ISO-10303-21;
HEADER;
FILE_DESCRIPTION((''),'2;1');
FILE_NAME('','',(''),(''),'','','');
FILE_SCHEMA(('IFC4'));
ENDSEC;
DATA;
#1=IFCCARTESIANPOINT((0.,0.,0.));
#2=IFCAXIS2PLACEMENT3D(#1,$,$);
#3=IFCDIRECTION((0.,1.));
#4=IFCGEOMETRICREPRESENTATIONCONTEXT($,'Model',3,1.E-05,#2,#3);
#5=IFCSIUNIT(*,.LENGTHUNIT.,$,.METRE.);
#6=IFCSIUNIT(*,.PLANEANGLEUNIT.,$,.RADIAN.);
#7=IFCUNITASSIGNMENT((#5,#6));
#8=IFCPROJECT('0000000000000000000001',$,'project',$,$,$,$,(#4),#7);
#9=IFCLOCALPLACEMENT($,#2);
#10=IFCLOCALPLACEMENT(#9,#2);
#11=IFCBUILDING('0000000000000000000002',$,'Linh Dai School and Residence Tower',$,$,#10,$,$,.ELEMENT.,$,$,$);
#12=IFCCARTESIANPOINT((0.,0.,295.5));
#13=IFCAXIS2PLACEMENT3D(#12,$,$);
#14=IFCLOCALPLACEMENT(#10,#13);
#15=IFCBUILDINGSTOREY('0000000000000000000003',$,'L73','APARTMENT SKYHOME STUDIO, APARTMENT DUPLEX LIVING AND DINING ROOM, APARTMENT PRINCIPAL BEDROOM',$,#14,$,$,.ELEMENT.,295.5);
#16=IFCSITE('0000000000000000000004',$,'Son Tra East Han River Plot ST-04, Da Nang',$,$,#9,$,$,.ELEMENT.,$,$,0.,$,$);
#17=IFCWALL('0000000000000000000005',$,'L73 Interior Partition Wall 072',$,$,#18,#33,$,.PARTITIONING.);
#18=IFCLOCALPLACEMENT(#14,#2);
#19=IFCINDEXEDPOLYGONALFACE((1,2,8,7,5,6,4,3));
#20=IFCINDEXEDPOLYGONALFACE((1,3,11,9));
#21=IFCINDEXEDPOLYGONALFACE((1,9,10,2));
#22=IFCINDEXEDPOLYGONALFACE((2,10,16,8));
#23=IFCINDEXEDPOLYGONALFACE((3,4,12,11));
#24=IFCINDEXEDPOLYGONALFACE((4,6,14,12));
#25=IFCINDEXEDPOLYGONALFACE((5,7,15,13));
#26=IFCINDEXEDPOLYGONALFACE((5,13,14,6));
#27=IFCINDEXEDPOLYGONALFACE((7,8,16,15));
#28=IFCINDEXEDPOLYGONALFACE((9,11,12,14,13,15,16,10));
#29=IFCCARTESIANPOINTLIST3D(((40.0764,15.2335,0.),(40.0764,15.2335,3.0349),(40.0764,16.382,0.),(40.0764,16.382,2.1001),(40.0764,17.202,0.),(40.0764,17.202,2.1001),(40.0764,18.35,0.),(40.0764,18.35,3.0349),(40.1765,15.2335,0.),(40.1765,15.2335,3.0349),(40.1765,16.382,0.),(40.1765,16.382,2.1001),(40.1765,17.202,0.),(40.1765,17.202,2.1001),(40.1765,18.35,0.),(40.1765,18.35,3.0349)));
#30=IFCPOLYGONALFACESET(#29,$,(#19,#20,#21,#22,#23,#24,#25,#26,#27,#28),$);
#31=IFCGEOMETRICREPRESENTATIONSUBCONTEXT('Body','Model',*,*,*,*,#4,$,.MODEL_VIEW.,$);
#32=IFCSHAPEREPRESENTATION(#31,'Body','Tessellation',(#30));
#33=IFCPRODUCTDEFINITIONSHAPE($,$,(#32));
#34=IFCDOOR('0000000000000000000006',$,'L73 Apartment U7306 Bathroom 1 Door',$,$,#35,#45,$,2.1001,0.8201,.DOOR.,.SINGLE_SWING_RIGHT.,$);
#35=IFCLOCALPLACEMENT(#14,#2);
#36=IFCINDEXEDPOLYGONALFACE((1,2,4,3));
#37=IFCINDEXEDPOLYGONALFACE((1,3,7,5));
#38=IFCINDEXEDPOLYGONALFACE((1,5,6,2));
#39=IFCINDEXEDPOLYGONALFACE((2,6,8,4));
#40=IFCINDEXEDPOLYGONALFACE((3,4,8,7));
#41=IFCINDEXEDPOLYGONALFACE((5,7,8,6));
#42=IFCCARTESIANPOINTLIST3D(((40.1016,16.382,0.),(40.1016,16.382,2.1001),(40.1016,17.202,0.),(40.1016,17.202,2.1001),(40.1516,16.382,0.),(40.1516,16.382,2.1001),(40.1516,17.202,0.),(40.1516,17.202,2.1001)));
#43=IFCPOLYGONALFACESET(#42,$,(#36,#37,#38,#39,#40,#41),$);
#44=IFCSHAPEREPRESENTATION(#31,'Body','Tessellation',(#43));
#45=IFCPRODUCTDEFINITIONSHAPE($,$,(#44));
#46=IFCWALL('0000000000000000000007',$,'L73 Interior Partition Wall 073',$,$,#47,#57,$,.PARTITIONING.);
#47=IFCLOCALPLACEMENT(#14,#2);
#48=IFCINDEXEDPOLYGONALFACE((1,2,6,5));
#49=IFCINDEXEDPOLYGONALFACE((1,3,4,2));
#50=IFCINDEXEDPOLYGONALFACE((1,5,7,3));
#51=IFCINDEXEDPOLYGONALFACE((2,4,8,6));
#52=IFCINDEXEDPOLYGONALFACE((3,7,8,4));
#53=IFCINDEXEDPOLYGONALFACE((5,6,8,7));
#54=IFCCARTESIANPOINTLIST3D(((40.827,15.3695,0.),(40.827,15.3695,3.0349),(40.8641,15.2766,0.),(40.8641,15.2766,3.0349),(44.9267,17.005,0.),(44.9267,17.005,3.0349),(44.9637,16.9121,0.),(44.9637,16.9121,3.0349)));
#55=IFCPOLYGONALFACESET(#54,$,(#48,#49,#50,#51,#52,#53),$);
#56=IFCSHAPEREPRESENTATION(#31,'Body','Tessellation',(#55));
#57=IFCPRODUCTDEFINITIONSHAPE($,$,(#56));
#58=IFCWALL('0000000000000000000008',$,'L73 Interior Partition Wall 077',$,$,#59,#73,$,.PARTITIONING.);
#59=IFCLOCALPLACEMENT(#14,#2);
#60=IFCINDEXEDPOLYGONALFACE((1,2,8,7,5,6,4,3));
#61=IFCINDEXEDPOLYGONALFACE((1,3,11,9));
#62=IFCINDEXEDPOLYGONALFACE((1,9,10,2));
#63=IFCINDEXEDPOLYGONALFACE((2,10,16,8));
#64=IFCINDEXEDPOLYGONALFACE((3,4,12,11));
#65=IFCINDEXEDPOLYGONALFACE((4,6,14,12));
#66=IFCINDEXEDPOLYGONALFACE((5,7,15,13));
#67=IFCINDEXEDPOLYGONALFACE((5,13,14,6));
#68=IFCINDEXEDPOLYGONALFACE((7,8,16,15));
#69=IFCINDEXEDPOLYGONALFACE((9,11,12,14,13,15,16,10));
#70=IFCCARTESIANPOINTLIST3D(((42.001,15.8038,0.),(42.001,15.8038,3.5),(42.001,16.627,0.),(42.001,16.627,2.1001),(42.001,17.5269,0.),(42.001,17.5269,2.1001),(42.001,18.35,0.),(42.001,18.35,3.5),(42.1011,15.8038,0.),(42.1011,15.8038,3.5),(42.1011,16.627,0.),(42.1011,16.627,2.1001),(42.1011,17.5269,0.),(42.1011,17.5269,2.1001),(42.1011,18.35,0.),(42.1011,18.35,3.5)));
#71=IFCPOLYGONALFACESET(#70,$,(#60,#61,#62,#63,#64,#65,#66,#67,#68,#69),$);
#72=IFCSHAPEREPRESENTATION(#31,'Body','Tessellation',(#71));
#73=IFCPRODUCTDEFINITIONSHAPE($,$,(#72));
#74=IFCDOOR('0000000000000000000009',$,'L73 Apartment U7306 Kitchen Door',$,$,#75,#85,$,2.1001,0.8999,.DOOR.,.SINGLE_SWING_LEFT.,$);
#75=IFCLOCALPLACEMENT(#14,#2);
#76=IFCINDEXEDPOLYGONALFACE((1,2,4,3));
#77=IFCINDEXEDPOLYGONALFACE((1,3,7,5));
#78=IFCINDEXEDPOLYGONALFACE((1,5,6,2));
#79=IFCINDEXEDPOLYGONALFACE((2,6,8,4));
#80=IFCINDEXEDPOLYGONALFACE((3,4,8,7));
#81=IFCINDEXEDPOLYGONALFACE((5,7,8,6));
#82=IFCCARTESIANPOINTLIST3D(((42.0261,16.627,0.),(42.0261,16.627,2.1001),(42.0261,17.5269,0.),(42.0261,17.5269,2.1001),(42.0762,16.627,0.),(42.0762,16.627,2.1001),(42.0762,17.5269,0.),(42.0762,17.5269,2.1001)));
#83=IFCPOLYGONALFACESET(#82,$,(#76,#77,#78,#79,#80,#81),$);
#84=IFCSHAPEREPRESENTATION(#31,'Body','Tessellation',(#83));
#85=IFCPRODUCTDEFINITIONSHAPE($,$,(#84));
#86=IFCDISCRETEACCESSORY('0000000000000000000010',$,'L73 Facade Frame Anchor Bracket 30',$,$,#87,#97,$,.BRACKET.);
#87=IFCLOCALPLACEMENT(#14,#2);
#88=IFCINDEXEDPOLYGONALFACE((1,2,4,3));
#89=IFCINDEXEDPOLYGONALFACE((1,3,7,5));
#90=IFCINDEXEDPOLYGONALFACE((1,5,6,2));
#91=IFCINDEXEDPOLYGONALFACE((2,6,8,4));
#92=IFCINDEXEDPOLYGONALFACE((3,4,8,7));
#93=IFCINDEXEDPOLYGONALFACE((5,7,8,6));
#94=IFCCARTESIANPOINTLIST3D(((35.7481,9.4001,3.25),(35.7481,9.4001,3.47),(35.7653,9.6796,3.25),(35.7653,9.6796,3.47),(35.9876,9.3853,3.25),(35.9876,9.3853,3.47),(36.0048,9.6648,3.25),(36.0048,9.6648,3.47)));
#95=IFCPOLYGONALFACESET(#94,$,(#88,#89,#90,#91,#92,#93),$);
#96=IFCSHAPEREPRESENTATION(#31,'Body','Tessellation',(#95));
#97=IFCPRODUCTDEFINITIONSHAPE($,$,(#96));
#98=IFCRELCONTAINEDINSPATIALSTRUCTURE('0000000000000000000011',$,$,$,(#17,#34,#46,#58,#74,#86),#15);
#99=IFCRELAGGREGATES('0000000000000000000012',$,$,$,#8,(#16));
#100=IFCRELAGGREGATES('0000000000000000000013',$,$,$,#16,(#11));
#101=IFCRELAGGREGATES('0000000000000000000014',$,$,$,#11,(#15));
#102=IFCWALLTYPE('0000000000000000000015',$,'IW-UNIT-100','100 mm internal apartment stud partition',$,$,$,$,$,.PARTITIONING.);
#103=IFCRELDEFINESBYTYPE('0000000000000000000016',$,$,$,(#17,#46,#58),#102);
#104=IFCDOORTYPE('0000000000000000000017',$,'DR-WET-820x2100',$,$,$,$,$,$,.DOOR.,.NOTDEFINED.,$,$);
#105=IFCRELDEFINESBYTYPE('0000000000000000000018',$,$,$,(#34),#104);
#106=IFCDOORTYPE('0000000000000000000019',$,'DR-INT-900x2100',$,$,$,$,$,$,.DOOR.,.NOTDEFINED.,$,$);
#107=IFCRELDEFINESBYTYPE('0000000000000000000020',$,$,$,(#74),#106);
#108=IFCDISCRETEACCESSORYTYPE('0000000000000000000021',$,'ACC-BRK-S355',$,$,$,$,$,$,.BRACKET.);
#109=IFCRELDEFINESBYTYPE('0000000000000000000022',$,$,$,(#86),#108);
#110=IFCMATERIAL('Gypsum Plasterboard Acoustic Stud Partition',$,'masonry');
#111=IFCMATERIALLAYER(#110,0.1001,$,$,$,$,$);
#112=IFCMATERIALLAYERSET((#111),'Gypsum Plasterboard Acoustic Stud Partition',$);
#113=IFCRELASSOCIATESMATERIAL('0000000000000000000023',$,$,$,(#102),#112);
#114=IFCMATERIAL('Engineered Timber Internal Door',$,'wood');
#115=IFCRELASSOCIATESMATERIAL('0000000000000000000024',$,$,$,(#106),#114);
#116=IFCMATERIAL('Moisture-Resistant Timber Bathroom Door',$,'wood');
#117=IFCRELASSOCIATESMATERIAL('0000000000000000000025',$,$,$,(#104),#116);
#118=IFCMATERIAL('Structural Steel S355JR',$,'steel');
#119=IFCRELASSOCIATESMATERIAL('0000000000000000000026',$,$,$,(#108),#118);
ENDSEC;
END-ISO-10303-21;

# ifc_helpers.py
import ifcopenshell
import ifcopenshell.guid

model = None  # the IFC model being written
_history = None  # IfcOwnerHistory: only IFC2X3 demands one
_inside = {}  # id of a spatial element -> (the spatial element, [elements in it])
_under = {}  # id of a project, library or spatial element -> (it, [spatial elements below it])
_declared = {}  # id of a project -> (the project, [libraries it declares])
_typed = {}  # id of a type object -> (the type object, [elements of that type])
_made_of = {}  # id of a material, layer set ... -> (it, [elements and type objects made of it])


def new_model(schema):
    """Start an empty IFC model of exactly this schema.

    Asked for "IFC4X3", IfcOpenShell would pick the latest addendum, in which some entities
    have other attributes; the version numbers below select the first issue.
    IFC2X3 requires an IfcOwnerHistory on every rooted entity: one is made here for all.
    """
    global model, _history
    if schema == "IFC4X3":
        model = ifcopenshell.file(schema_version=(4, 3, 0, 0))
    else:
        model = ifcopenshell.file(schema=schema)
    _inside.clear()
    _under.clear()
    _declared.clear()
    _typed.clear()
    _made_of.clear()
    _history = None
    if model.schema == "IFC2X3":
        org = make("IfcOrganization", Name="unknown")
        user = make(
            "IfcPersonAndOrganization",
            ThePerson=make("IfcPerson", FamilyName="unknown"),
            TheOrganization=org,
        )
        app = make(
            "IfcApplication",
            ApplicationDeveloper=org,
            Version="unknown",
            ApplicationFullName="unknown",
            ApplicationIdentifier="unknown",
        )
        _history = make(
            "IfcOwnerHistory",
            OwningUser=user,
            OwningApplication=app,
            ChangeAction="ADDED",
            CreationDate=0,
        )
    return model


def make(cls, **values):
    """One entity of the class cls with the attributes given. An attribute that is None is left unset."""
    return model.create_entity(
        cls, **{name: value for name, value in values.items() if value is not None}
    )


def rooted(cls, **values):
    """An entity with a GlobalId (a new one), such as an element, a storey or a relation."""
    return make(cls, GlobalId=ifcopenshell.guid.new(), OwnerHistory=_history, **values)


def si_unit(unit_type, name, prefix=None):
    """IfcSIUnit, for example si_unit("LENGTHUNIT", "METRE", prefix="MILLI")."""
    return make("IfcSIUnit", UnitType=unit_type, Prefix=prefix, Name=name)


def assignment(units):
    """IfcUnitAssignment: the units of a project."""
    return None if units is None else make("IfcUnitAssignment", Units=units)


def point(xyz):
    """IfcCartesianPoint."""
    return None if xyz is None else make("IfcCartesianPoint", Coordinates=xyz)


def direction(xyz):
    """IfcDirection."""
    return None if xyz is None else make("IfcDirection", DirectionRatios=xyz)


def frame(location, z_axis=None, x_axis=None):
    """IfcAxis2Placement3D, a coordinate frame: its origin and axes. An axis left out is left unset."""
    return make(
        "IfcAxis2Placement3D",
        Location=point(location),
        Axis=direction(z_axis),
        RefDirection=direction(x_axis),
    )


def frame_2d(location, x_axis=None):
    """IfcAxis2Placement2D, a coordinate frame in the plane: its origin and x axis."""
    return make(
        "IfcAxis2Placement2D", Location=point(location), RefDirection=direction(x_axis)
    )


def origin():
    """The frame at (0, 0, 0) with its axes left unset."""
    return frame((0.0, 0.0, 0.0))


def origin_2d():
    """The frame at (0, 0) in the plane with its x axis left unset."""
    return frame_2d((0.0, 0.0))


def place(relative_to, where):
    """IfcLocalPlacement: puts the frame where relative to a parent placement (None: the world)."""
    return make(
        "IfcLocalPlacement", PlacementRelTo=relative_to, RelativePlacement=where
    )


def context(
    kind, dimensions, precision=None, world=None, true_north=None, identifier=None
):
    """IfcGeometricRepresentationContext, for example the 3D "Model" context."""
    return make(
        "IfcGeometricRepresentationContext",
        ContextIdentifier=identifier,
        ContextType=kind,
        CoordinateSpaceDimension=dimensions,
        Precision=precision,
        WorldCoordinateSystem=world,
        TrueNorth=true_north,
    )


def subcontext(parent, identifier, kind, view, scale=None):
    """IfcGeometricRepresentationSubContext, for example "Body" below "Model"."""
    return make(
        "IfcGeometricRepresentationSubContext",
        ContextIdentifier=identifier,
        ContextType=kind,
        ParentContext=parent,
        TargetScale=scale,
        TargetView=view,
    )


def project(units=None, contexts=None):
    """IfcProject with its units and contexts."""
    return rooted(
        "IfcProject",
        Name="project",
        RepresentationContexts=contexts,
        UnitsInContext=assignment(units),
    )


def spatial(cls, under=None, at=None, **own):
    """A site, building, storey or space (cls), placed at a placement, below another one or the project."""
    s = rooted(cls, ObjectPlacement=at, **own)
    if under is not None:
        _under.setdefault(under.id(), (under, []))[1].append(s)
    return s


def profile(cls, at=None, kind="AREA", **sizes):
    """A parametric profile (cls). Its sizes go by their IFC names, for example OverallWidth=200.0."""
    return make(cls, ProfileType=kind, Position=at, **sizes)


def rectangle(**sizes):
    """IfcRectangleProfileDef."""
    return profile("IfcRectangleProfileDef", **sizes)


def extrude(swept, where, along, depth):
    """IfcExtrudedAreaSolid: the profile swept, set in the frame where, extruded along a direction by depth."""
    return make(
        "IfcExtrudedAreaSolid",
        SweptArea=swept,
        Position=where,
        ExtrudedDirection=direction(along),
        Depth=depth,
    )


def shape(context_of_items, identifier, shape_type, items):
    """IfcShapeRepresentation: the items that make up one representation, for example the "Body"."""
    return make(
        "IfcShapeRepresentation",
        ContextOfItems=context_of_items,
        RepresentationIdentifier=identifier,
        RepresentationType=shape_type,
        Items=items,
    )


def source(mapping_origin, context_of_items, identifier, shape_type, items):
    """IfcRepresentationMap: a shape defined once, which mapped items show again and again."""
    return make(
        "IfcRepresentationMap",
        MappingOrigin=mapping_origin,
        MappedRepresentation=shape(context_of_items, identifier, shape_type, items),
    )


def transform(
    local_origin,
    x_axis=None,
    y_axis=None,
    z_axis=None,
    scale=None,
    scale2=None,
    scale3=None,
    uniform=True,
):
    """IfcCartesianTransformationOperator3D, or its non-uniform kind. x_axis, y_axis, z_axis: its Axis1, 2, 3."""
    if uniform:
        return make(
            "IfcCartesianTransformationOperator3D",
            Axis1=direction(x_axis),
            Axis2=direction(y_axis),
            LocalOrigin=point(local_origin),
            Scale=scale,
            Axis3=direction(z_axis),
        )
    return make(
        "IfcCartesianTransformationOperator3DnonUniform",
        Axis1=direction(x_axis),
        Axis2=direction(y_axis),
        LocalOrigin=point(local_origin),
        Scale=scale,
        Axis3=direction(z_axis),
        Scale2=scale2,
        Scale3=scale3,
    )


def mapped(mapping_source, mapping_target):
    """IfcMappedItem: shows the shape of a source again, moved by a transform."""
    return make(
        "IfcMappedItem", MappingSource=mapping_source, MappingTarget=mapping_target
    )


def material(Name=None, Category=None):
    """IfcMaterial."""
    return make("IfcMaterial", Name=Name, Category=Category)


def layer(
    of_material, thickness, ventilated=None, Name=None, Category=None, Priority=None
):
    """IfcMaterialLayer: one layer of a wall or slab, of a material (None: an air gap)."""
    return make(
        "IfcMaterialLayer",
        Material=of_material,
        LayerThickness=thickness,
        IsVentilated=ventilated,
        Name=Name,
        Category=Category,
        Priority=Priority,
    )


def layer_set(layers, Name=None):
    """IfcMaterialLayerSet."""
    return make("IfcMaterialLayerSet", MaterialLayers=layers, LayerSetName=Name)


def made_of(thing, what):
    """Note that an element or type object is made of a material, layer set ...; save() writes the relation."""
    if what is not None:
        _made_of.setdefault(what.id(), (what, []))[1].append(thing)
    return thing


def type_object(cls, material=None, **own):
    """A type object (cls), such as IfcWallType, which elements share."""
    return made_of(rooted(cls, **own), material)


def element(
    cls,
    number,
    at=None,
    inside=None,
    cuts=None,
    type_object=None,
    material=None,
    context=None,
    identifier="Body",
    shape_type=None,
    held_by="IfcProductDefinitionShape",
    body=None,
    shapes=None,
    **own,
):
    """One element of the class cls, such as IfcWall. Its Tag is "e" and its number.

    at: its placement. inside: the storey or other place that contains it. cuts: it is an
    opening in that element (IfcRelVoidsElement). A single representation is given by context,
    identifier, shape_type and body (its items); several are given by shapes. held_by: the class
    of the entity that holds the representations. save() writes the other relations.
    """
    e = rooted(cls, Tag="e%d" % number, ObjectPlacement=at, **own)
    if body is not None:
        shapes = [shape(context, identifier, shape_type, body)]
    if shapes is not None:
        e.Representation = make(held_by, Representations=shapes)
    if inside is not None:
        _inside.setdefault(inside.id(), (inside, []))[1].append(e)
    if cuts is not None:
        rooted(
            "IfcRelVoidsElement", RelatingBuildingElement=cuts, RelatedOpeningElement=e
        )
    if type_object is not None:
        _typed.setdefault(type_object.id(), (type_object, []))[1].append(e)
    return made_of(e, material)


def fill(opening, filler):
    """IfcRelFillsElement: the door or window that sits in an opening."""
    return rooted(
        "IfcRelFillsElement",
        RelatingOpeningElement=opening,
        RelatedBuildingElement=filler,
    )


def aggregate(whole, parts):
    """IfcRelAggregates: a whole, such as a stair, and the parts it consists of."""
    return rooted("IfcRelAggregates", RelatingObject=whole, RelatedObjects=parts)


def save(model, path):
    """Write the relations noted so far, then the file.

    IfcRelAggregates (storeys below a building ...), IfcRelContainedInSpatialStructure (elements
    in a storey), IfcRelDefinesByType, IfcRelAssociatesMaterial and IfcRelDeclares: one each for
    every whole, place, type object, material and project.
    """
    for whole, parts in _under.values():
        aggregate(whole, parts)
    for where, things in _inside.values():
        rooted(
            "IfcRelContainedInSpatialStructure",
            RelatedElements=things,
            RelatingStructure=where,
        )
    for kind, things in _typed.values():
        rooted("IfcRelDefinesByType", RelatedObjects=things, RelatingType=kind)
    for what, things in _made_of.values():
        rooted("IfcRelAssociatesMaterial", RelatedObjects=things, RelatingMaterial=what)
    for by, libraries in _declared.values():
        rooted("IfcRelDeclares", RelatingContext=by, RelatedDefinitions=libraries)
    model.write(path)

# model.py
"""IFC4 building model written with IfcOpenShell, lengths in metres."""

from ifc_helpers import new_model, si_unit, direction, frame, frame_2d, origin, origin_2d, place, context, subcontext, project, spatial, rectangle, extrude, source, transform, mapped, material, layer, layer_set, type_object, element, fill, save


model = new_model("IFC4")

# Units and contexts
model_context = context("Model", 3, precision=1e-05, world=origin(), true_north=direction((0.0, 1.0)))
body_context = subcontext(model_context, "Body", "Model", "MODEL_VIEW")
ifc_project = project(units=[si_unit("LENGTHUNIT", "METRE"), si_unit("PLANEANGLEUNIT", "RADIAN")], contexts=[model_context])

# Site, building, storey
site_placement = place(None, origin())
site = spatial("IfcSite", under=ifc_project, at=site_placement, Name="Son Tra East Han River Plot ST-04, Da Nang", CompositionType="ELEMENT", RefElevation=0.0)
building_placement = place(site_placement, origin())
building = spatial("IfcBuilding", under=site, at=building_placement, Name="Linh Dai School and Residence Tower", CompositionType="ELEMENT")
storey_placement = place(building_placement, frame((0.0, 0.0, 295.5)))
storey = spatial("IfcBuildingStorey", under=building, at=storey_placement, Name="L73", Description="APARTMENT SKYHOME STUDIO, APARTMENT DUPLEX LIVING AND DINING ROOM, APARTMENT PRINCIPAL BEDROOM", CompositionType="ELEMENT", Elevation=295.5)

# Shared definitions
ifc_material_1 = material(Name="Structural Steel S355JR", Category="steel")

# Shared definitions
ifc_material_2 = material(Name="Gypsum Plasterboard Acoustic Stud Partition", Category="masonry")
ifc_layer_1 = layer(ifc_material_2, 0.1001)
ifc_layer_set_1 = layer_set([ifc_layer_1], Name="Gypsum Plasterboard Acoustic Stud Partition")
wall_type_1 = type_object("IfcWallType", Name="IW-UNIT-100", Description="100 mm internal apartment stud partition", PredefinedType="PARTITIONING", material=ifc_layer_set_1)
ifc_material_3 = material(Name="Engineered Timber Internal Door", Category="wood")
door_type_1 = type_object("IfcDoorType", Name="DR-INT-900x2100", OperationType="NOTDEFINED", PredefinedType="DOOR", material=ifc_material_3)
shared_shape_1 = source(origin(), body_context, "Body", "SweptSolid", [
    extrude(rectangle(XDim=0.8999, YDim=2.1001, at=origin_2d()), frame((0.45, 0.0249, 1.05), z_axis=(0.0, -1.0, 0.0), x_axis=(1.0, 0.0, 0.0)), (0.0, 0.0, 1.0), 0.05),
])

# Wall, opening, door
wall_1_placement = place(storey_placement, frame((40.1265, 15.2336, 0.0), z_axis=(0.0, 0.0, 1.0), x_axis=(0.0, 1.0, 0.0)))
wall_1 = element("IfcWall", 1, at=wall_1_placement, inside=storey, type_object=wall_type_1, Name="L73 Interior Partition Wall 072", PredefinedType="PARTITIONING", context=body_context, shape_type="SweptSolid", body=[
    extrude(rectangle(XDim=3.1165, YDim=0.1001, at=frame_2d((1.5581, 0.0))), origin(), (0.0, 0.0, 1.0), 3.0349),
])
opening_1_placement = place(wall_1_placement, frame((1.1482, 0.0, 0.0)))
opening_1 = element("IfcOpeningElement", 2, at=opening_1_placement, cuts=wall_1, PredefinedType="OPENING", context=body_context, shape_type="SweptSolid", body=[
    extrude(rectangle(XDim=0.8201, YDim=2.1001, at=origin_2d()), frame((0.4102, 0.0601, 1.05), z_axis=(0.0, -1.0, 0.0), x_axis=(1.0, 0.0, 0.0)), (0.0, 0.0, 1.0), 0.1201),
])
ifc_material_4 = material(Name="Moisture-Resistant Timber Bathroom Door", Category="wood")
door_type_2 = type_object("IfcDoorType", Name="DR-WET-820x2100", OperationType="NOTDEFINED", PredefinedType="DOOR", material=ifc_material_4)
shared_shape_2 = source(origin(), body_context, "Body", "SweptSolid", [
    extrude(rectangle(XDim=0.8201, YDim=2.1001, at=origin_2d()), frame((0.4102, 0.0249, 1.05), z_axis=(0.0, -1.0, 0.0), x_axis=(1.0, 0.0, 0.0)), (0.0, 0.0, 1.0), 0.05),
])
door_1_placement = place(opening_1_placement, origin())
door_1 = element("IfcDoor", 3, at=door_1_placement, inside=storey, type_object=door_type_2, Name="L73 Apartment U7306 Bathroom 1 Door", OperationType="SINGLE_SWING_RIGHT", OverallHeight=2.1001, OverallWidth=0.8201, PredefinedType="DOOR", context=body_context, shape_type="MappedRepresentation", body=[
    mapped(shared_shape_2, transform((0.0, 0.0, 0.0), x_axis=(1.0, 0.0, 0.0), y_axis=(0.0, 1.0, 0.0), z_axis=(0.0, 0.0, 1.0), scale=1.0)),
])
fill(opening_1, door_1)

# Wall
wall_2_placement = place(storey_placement, frame((40.8455, 15.323, 0.0), z_axis=(0.0, 0.0, 1.0), x_axis=(0.928816, 0.370542, 0.0)))
element("IfcWall", 4, at=wall_2_placement, inside=storey, type_object=wall_type_1, Name="L73 Interior Partition Wall 073", PredefinedType="PARTITIONING", context=body_context, shape_type="SweptSolid", body=[
    extrude(rectangle(XDim=4.4138, YDim=0.1001, at=frame_2d((2.207, 0.0))), origin(), (0.0, 0.0, 1.0), 3.0349),
])

# Wall, opening, door
wall_3_placement = place(storey_placement, frame((42.051, 15.804, 0.0), z_axis=(0.0, 0.0, 1.0), x_axis=(0.0, 1.0, 0.0)))
wall_3 = element("IfcWall", 5, at=wall_3_placement, inside=storey, type_object=wall_type_1, Name="L73 Interior Partition Wall 077", PredefinedType="PARTITIONING", context=body_context, shape_type="SweptSolid", body=[
    extrude(rectangle(XDim=2.5461, YDim=0.1001, at=frame_2d((1.2729, 0.0))), origin(), (0.0, 0.0, 1.0), 3.5),
])
opening_2_placement = place(wall_3_placement, frame((0.823, 0.0, 0.0)))
opening_2 = element("IfcOpeningElement", 6, at=opening_2_placement, cuts=wall_3, PredefinedType="OPENING", context=body_context, shape_type="SweptSolid", body=[
    extrude(rectangle(XDim=0.8999, YDim=2.1001, at=origin_2d()), frame((0.45, 0.0601, 1.05), z_axis=(0.0, -1.0, 0.0), x_axis=(1.0, 0.0, 0.0)), (0.0, 0.0, 1.0), 0.1201),
])
door_2_placement = place(opening_2_placement, origin())
door_2 = element("IfcDoor", 7, at=door_2_placement, inside=storey, type_object=door_type_1, Name="L73 Apartment U7306 Kitchen Door", OperationType="SINGLE_SWING_LEFT", OverallHeight=2.1001, OverallWidth=0.8999, PredefinedType="DOOR", context=body_context, shape_type="MappedRepresentation", body=[
    mapped(shared_shape_1, transform((0.0, 0.0, 0.0), x_axis=(1.0, 0.0, 0.0), y_axis=(0.0, 1.0, 0.0), z_axis=(0.0, 0.0, 1.0), scale=1.0)),
])
fill(opening_2, door_2)

# Discrete accessory
discrete_accessory_type = type_object("IfcDiscreteAccessoryType", Name="ACC-BRK-S355", PredefinedType="BRACKET", material=ifc_material_1)
shared_shape_3 = source(origin(), body_context, "Body", "SweptSolid", [
    extrude(rectangle(XDim=0.28, YDim=0.24, at=origin_2d()), origin(), (0.0, 0.0, 1.0), 0.22),
])
discrete_accessory_placement = place(storey_placement, frame((35.8765, 9.5325, 3.25), z_axis=(0.0, 0.0, 1.0), x_axis=(-0.06151, -0.998106, 0.0)))
element("IfcDiscreteAccessory", 8, at=discrete_accessory_placement, inside=storey, type_object=discrete_accessory_type, Name="L73 Facade Frame Anchor Bracket 30", PredefinedType="BRACKET", context=body_context, shape_type="MappedRepresentation", body=[
    mapped(shared_shape_3, transform((0.0, 0.0, 0.0), x_axis=(1.0, 0.0, 0.0), y_axis=(0.0, 1.0, 0.0), z_axis=(0.0, 0.0, 1.0), scale=1.0)),
])

save(model, "model.ifc")
